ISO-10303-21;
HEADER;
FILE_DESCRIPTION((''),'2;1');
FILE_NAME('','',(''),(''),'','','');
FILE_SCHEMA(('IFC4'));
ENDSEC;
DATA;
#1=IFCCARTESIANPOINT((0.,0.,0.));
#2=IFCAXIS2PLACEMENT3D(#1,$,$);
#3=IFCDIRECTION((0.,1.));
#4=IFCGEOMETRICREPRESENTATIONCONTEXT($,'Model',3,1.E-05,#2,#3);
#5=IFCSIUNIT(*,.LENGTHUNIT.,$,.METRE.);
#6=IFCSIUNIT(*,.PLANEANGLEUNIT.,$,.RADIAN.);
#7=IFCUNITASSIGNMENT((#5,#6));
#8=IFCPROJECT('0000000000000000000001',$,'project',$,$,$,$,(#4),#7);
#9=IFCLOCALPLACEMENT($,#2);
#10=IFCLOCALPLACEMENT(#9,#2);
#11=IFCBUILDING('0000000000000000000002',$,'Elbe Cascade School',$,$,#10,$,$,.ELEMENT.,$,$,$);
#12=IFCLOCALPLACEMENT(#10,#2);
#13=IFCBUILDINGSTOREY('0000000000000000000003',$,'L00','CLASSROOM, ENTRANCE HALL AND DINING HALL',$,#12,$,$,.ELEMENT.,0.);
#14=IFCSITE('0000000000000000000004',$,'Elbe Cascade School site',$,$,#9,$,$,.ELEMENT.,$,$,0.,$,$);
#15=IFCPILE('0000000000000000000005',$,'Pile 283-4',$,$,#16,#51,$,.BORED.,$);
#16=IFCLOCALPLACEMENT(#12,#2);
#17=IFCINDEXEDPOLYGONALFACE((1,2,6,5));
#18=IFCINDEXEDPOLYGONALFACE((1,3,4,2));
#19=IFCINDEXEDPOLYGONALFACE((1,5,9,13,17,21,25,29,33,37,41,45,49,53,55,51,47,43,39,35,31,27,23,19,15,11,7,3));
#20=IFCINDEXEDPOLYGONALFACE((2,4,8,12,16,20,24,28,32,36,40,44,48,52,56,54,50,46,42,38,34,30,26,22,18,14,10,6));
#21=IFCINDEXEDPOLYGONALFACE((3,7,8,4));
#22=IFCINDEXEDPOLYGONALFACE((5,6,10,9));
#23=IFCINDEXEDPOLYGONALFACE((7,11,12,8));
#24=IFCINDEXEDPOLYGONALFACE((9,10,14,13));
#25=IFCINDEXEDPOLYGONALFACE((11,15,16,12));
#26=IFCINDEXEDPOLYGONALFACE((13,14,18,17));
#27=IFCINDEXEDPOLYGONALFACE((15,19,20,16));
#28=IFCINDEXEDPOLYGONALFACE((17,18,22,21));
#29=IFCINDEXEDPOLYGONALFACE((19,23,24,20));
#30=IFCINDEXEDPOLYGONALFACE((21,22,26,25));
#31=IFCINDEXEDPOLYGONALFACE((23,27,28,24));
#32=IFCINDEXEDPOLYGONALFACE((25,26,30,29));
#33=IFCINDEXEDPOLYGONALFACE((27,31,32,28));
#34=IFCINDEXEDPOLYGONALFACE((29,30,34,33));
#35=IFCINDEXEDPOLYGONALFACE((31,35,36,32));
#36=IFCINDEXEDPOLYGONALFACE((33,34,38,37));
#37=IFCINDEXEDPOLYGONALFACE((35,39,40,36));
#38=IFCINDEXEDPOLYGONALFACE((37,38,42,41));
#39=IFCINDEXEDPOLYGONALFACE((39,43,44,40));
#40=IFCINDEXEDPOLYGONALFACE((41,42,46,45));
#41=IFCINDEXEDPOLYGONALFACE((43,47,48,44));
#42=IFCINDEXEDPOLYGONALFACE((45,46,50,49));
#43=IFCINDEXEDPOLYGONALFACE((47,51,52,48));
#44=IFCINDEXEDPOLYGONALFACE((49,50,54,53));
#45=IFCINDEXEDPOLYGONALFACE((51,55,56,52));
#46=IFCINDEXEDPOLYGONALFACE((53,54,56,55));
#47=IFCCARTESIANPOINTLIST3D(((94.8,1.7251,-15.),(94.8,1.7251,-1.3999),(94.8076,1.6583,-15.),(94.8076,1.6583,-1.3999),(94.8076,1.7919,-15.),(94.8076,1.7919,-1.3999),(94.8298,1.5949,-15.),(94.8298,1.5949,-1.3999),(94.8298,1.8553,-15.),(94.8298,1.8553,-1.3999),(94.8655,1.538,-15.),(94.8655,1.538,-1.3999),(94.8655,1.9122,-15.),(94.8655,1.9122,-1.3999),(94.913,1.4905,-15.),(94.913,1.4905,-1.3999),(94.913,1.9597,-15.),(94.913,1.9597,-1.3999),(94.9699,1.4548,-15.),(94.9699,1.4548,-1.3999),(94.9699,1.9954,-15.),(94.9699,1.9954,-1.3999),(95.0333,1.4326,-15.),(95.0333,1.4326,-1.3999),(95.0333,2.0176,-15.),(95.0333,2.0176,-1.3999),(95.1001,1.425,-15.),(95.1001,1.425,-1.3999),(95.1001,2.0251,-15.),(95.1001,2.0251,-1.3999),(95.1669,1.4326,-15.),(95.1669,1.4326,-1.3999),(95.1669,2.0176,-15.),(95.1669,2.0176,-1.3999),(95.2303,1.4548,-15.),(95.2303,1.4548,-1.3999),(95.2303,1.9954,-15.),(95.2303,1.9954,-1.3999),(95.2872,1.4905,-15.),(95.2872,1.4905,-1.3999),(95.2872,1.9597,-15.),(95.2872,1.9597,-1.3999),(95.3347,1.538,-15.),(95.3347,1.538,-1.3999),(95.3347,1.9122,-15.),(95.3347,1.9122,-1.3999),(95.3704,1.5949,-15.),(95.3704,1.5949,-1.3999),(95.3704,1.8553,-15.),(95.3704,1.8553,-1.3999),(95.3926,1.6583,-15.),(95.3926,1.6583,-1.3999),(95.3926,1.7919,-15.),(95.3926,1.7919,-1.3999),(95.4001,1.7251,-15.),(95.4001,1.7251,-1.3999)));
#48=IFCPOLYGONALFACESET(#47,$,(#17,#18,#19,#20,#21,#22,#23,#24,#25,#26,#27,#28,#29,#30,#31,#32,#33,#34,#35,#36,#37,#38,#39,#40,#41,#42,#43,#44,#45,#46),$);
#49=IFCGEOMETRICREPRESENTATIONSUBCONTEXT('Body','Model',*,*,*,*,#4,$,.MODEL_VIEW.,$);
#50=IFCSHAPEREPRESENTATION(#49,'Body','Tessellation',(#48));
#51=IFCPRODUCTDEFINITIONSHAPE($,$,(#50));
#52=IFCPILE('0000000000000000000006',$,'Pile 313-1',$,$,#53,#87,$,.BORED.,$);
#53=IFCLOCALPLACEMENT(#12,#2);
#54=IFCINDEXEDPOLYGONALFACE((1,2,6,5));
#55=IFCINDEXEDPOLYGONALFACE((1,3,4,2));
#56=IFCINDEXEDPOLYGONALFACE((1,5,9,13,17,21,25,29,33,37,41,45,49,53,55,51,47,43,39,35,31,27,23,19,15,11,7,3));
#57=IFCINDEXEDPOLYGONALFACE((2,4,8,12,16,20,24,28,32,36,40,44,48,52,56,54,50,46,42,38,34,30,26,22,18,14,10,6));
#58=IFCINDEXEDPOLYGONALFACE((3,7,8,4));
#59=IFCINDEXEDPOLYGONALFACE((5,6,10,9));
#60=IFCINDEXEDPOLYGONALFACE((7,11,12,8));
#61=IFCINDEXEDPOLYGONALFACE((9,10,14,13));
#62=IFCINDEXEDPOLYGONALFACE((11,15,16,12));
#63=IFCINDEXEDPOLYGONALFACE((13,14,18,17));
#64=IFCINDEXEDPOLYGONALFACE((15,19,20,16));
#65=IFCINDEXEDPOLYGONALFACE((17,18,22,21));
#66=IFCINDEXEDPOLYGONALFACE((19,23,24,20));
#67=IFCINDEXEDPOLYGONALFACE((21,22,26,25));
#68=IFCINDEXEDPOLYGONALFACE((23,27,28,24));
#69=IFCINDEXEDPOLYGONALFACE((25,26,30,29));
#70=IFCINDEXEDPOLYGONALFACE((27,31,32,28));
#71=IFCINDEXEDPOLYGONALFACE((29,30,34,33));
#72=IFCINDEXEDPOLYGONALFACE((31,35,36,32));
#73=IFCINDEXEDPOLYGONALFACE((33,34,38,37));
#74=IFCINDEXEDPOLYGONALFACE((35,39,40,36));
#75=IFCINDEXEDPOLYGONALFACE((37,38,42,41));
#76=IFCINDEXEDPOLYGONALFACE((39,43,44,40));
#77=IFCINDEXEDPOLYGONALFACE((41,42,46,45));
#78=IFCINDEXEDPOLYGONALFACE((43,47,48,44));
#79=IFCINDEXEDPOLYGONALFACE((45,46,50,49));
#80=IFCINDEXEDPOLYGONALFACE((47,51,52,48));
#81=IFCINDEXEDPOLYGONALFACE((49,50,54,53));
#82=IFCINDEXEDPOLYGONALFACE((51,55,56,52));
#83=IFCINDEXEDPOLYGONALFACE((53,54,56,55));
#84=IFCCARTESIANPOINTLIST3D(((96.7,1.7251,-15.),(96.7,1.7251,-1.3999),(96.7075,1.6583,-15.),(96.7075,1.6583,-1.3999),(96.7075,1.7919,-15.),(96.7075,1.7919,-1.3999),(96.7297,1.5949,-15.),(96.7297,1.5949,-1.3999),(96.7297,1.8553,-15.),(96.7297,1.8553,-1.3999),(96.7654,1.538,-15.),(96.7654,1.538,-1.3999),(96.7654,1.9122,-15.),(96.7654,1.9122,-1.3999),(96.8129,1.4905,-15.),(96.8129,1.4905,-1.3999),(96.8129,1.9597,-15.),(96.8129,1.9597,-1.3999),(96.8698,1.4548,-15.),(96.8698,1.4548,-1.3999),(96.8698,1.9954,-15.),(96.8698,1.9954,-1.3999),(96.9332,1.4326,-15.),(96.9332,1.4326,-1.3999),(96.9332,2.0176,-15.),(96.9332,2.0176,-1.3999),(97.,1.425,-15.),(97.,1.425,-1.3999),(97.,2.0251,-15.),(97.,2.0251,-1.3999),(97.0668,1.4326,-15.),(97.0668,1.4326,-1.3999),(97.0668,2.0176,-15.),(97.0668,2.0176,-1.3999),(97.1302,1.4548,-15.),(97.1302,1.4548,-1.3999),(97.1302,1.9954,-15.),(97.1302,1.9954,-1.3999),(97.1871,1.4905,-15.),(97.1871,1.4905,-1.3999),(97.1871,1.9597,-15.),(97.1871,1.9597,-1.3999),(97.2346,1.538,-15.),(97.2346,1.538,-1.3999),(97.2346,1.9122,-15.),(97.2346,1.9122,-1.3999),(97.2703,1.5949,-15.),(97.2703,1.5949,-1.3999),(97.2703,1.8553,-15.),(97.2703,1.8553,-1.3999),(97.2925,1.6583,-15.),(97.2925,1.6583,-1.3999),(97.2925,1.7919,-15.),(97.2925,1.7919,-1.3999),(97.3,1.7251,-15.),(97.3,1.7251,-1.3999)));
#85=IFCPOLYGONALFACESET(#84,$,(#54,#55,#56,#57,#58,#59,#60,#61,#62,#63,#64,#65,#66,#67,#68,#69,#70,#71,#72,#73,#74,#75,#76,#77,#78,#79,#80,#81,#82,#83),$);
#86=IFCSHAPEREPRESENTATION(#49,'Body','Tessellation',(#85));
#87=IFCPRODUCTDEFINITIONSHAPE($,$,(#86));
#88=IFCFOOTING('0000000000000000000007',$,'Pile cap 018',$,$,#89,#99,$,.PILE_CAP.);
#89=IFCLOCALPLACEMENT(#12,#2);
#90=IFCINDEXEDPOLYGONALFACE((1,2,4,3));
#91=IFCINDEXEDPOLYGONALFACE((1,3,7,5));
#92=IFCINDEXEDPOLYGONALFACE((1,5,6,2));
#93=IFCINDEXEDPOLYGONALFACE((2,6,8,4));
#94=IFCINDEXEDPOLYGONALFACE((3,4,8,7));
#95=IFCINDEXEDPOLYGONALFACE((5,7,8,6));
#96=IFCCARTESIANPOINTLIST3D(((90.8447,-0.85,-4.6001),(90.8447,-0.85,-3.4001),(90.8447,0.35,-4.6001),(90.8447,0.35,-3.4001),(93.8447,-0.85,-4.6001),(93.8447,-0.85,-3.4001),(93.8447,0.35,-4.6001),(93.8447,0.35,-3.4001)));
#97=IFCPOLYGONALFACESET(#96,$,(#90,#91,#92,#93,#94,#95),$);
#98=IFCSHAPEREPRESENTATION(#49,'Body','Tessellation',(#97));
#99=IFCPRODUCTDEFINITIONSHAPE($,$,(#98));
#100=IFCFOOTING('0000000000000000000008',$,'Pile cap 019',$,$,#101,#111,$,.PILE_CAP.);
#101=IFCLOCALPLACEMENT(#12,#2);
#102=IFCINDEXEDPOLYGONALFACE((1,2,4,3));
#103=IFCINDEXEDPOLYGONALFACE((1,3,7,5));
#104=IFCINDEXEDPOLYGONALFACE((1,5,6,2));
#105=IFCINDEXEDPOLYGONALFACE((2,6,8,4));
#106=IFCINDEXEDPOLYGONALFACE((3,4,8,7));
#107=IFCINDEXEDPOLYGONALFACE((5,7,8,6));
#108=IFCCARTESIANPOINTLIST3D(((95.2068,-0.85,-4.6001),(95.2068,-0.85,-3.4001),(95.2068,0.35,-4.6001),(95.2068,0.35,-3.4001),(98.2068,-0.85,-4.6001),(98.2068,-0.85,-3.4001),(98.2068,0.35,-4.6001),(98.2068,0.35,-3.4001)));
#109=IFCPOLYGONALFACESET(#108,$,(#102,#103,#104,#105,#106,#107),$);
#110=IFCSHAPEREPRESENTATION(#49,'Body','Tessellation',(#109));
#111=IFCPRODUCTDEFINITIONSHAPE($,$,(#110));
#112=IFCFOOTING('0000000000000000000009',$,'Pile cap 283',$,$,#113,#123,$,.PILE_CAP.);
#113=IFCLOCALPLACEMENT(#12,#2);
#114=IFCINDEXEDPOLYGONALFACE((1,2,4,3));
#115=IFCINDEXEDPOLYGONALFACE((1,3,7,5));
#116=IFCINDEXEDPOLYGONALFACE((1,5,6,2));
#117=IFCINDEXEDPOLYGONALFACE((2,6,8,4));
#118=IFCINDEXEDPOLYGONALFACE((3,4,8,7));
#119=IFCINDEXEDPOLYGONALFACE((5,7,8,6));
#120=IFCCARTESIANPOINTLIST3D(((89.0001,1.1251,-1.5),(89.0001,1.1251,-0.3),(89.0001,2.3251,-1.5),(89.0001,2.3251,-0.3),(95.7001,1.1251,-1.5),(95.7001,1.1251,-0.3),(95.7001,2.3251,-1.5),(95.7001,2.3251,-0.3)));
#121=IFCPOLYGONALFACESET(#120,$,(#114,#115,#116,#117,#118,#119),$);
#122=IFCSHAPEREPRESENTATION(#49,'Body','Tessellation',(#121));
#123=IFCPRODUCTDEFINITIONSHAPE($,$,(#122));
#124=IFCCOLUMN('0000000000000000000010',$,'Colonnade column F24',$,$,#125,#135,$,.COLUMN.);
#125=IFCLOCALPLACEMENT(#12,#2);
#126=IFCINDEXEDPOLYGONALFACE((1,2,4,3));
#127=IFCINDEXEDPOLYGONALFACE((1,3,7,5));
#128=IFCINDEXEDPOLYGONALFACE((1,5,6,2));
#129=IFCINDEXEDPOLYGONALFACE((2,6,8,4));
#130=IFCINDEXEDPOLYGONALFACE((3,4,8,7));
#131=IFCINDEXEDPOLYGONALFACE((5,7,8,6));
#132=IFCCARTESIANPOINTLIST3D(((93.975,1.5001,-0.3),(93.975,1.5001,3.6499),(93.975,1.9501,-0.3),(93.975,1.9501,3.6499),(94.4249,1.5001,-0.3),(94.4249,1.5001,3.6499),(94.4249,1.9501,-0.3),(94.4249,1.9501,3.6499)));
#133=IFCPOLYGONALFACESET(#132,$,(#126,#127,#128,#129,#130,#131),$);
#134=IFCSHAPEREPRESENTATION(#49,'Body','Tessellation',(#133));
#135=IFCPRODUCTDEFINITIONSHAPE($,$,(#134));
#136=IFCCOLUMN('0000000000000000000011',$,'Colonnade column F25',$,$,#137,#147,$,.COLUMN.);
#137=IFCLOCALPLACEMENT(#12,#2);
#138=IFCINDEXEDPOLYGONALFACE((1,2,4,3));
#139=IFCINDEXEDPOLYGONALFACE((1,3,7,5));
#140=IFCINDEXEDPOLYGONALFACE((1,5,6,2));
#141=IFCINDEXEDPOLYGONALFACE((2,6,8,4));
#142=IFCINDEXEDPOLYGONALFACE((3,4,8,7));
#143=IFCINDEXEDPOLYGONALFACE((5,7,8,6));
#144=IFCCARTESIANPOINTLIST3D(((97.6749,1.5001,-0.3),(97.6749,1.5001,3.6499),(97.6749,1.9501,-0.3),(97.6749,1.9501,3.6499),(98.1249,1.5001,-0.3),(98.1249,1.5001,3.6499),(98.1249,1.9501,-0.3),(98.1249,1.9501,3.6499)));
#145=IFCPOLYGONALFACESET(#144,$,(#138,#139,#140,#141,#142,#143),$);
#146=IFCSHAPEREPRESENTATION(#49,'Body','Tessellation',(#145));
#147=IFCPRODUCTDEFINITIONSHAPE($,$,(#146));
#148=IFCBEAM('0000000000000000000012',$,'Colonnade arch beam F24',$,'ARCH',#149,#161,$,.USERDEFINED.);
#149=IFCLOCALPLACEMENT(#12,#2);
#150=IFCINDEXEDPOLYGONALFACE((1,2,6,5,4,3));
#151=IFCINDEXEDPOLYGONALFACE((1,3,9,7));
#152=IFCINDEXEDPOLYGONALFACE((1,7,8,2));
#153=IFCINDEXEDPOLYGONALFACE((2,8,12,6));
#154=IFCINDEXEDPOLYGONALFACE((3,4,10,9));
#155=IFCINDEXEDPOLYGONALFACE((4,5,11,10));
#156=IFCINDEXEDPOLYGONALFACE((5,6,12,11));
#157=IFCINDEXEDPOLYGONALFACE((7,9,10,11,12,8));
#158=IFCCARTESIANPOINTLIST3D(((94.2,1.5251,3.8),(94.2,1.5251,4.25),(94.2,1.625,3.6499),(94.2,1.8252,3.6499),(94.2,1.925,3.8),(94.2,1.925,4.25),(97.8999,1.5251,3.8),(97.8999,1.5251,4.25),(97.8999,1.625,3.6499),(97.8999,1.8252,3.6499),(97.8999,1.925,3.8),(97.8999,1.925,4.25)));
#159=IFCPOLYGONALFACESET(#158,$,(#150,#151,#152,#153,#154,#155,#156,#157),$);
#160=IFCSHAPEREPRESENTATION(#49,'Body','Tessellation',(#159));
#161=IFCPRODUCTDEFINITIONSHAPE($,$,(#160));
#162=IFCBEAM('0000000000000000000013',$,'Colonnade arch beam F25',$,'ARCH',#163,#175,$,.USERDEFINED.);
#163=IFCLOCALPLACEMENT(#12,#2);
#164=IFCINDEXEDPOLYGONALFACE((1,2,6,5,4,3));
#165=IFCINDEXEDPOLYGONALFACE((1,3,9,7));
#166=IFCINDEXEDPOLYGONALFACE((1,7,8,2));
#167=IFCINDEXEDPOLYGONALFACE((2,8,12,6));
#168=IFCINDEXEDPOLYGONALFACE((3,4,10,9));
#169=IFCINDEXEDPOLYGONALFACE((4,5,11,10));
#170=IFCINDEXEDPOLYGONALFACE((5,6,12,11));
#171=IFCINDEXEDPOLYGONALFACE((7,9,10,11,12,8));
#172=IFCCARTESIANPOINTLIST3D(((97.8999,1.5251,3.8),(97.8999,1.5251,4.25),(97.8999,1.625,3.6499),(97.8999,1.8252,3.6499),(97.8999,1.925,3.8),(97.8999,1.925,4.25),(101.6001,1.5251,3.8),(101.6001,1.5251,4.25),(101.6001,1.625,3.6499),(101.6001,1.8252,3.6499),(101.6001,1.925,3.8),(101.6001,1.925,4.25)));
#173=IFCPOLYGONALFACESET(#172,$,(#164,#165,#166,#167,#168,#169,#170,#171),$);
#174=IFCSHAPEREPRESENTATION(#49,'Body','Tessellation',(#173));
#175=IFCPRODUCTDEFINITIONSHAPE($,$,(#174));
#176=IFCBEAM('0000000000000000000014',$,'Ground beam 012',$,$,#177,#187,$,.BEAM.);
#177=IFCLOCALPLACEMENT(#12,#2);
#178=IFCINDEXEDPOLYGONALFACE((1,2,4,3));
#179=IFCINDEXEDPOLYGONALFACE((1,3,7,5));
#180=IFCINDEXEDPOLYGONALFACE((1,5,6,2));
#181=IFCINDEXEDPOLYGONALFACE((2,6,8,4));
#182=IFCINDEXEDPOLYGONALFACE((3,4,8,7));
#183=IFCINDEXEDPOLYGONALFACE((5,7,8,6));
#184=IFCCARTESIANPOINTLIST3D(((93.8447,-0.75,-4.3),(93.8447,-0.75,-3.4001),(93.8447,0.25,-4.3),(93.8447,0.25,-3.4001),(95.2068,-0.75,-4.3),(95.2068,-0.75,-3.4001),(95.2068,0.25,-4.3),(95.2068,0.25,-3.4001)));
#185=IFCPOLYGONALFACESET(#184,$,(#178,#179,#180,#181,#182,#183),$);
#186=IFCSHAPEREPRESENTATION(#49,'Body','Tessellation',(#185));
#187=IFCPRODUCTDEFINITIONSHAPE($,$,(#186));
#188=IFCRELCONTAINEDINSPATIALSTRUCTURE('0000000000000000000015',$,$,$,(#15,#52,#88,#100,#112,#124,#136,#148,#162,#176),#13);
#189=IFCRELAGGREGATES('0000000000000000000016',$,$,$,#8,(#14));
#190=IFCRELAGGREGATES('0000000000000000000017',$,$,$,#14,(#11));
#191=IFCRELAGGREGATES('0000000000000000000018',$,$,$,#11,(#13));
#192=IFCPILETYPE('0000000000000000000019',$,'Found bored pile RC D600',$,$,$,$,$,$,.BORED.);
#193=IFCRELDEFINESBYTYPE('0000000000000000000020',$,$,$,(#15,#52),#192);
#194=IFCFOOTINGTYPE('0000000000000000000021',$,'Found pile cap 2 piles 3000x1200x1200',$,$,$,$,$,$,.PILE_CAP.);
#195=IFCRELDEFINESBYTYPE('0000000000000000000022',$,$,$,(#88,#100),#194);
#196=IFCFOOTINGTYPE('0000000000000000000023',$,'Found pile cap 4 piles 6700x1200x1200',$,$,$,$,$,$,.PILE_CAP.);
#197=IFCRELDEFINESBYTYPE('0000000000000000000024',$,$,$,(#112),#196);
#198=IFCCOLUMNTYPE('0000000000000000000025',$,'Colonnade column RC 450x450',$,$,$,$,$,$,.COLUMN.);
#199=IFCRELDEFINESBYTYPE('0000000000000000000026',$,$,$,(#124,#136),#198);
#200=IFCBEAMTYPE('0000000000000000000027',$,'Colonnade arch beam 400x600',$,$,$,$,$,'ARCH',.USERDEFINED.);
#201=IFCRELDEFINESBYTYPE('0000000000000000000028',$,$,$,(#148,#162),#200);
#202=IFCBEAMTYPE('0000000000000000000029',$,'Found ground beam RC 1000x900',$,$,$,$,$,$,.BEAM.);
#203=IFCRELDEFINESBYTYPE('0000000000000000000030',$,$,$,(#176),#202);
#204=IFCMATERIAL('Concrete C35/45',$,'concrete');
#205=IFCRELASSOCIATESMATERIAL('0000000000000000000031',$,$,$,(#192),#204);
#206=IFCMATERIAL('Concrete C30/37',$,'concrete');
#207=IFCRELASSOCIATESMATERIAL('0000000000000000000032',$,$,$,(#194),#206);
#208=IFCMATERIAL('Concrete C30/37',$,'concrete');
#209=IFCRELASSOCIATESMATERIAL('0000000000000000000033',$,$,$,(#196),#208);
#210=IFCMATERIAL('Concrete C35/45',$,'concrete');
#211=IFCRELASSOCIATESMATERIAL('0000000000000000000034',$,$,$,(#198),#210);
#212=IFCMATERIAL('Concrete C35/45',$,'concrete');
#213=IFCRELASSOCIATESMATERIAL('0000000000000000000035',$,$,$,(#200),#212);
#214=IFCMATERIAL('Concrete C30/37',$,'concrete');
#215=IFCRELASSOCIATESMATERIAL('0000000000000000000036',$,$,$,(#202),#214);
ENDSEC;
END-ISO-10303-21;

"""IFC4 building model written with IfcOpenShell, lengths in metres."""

from ifc_helpers import new_model, si_unit, direction, frame, origin, origin_2d, place, context, subcontext, project, spatial, polyline, rectangle, circle, outline, extrude, material, material_profile, profile_set, type_object, element, save


model = new_model("IFC4")

# Units and contexts
model_context = context("Model", 3, precision=1e-05, world=origin(), true_north=direction((0.0, 1.0)))
body_context = subcontext(model_context, "Body", "Model", "MODEL_VIEW")
ifc_project = project(units=[si_unit("LENGTHUNIT", "METRE"), si_unit("PLANEANGLEUNIT", "RADIAN")], contexts=[model_context])

# Site, building, storey
site_placement = place(None, origin())
site = spatial("IfcSite", under=ifc_project, at=site_placement, Name="Elbe Cascade School site", CompositionType="ELEMENT", RefElevation=0.0)
building_placement = place(site_placement, origin())
building = spatial("IfcBuilding", under=site, at=building_placement, Name="Elbe Cascade School", CompositionType="ELEMENT")
storey_placement = place(building_placement, origin())
storey = spatial("IfcBuildingStorey", under=building, at=storey_placement, Name="L00", Description="CLASSROOM, ENTRANCE HALL AND DINING HALL", CompositionType="ELEMENT", Elevation=0.0)

# Piles
ifc_material_1 = material(Name="Concrete C35/45", Category="concrete")
ifc_material_profile_1 = material_profile(ifc_material_1, circle(Radius=0.3, at=origin_2d()), Name="RC D600")
ifc_profile_set_1 = profile_set([ifc_material_profile_1], Name="Concrete C35/45")
pile_type = type_object("IfcPileType", Name="Found bored pile RC D600", PredefinedType="BORED", material=ifc_profile_set_1)
for number, where, z_axis, x_axis, name in (
    (1, (95.1001, 1.7251, -1.3999), (0.0, 0.0, -1.0), (1.0, 0.0, 0.0), "Pile 283-4"),
    (2, (97.0, 1.7251, -1.3999), (0.0, 0.0, -1.0), (1.0, 0.0, 0.0), "Pile 313-1"),
):
    element("IfcPile", number, at=place(storey_placement, frame(where, z_axis=z_axis, x_axis=x_axis)), inside=storey, type_object=pile_type, Name=name, PredefinedType="BORED", context=body_context, shape_type="SweptSolid", body=[
        extrude(circle(Radius=0.3, at=origin_2d()), origin(), (0.0, 0.0, 1.0), 13.6001),
    ])

# Footings
ifc_material_2 = material(Name="Concrete C30/37", Category="concrete")
footing_type_1 = type_object("IfcFootingType", Name="Found pile cap 2 piles 3000x1200x1200", PredefinedType="PILE_CAP", material=ifc_material_2)
for number, where, z_axis, x_axis, name in (
    (3, (92.3447, -0.25, -4.6001), (0.0, 0.0, 1.0), (1.0, 0.0, 0.0), "Pile cap 018"),
    (4, (96.7068, -0.25, -4.6001), (0.0, 0.0, 1.0), (1.0, 0.0, 0.0), "Pile cap 019"),
):
    element("IfcFooting", number, at=place(storey_placement, frame(where, z_axis=z_axis, x_axis=x_axis)), inside=storey, type_object=footing_type_1, Name=name, PredefinedType="PILE_CAP", context=body_context, shape_type="SweptSolid", body=[
        extrude(rectangle(XDim=3.0, YDim=1.2, at=origin_2d()), origin(), (0.0, 0.0, 1.0), 1.2),
    ])
ifc_material_3 = material(Name="Concrete C30/37", Category="concrete")
footing_type_2 = type_object("IfcFootingType", Name="Found pile cap 4 piles 6700x1200x1200", PredefinedType="PILE_CAP", material=ifc_material_3)
footing_placement = place(storey_placement, frame((92.3501, 1.7251, -1.5), z_axis=(0.0, 0.0, 1.0), x_axis=(1.0, 0.0, 0.0)))
element("IfcFooting", 5, at=footing_placement, inside=storey, type_object=footing_type_2, Name="Pile cap 283", PredefinedType="PILE_CAP", context=body_context, shape_type="SweptSolid", body=[
    extrude(rectangle(XDim=6.7, YDim=1.2, at=origin_2d()), origin(), (0.0, 0.0, 1.0), 1.2),
])

# Columns
ifc_material_4 = material(Name="Concrete C35/45", Category="concrete")
ifc_material_profile_2 = material_profile(ifc_material_4, rectangle(XDim=0.45, YDim=0.45, at=origin_2d()), Name="RC 450x450")
ifc_profile_set_2 = profile_set([ifc_material_profile_2], Name="Concrete C35/45")
column_type = type_object("IfcColumnType", Name="Colonnade column RC 450x450", PredefinedType="COLUMN", material=ifc_profile_set_2)
for number, where, z_axis, x_axis, name in (
    (6, (94.2, 1.7251, -0.3), (0.0, 0.0, 1.0), (1.0, 0.0, 0.0), "Colonnade column F24"),
    (7, (97.8999, 1.7251, -0.3), (0.0, 0.0, 1.0), (1.0, 0.0, 0.0), "Colonnade column F25"),
):
    element("IfcColumn", number, at=place(storey_placement, frame(where, z_axis=z_axis, x_axis=x_axis)), inside=storey, type_object=column_type, Name=name, PredefinedType="COLUMN", context=body_context, shape_type="SweptSolid", body=[
        extrude(rectangle(XDim=0.45, YDim=0.45, at=origin_2d()), origin(), (0.0, 0.0, 1.0), 3.95),
    ])

# Beams
ifc_material_5 = material(Name="Concrete C35/45", Category="concrete")
ifc_material_profile_3 = material_profile(ifc_material_5, outline(polyline([(-0.2, 0.3), (0.2, 0.3), (0.2, -0.1499), (0.1001, -0.3), (-0.1001, -0.3), (-0.2, -0.1499), (-0.2, 0.3)])), Name="RC arch 400x600")
ifc_profile_set_3 = profile_set([ifc_material_profile_3], Name="Concrete C35/45")
beam_type_1 = type_object("IfcBeamType", Name="Colonnade arch beam 400x600", ElementType="ARCH", PredefinedType="USERDEFINED", material=ifc_profile_set_3)
beam_1_placement = place(storey_placement, frame((94.2, 1.7251, 3.95), z_axis=(1.0, 0.0, 0.0), x_axis=(0.0, 1.0, 0.0)))
element("IfcBeam", 8, at=beam_1_placement, inside=storey, type_object=beam_type_1, Name="Colonnade arch beam F24", ObjectType="ARCH", PredefinedType="USERDEFINED", context=body_context, shape_type="SweptSolid", body=[
    extrude(outline(polyline([(-0.2, 0.3), (0.2, 0.3), (0.2, -0.1499), (0.1001, -0.3), (-0.1001, -0.3), (-0.2, -0.1499), (-0.2, 0.3)])), origin(), (0.0, 0.0, 1.0), 3.7),
])
beam_2_placement = place(storey_placement, frame((97.8999, 1.7251, 3.95), z_axis=(1.0, 0.0, 0.0), x_axis=(0.0, 1.0, 0.0)))
element("IfcBeam", 9, at=beam_2_placement, inside=storey, type_object=beam_type_1, Name="Colonnade arch beam F25", ObjectType="ARCH", PredefinedType="USERDEFINED", context=body_context, shape_type="SweptSolid", body=[
    extrude(outline(polyline([(-0.2, 0.3), (0.2, 0.3), (0.2, -0.1499), (0.1001, -0.3), (-0.1001, -0.3), (-0.2, -0.1499), (-0.2, 0.3)])), origin(), (0.0, 0.0, 1.0), 3.7002),
])
ifc_material_6 = material(Name="Concrete C30/37", Category="concrete")
ifc_material_profile_4 = material_profile(ifc_material_6, rectangle(XDim=1.0, YDim=0.8999, at=origin_2d()), Name="RC 1000x900")
ifc_profile_set_4 = profile_set([ifc_material_profile_4], Name="Concrete C30/37")
beam_type_2 = type_object("IfcBeamType", Name="Found ground beam RC 1000x900", PredefinedType="BEAM", material=ifc_profile_set_4)
beam_3_placement = place(storey_placement, frame((93.8447, -0.25, -3.8501), z_axis=(1.0, 0.0, 0.0), x_axis=(0.0, 1.0, 0.0)))
element("IfcBeam", 10, at=beam_3_placement, inside=storey, type_object=beam_type_2, Name="Ground beam 012", PredefinedType="BEAM", context=body_context, shape_type="SweptSolid", body=[
    extrude(rectangle(XDim=1.0, YDim=0.8999, at=origin_2d()), origin(), (0.0, 0.0, 1.0), 1.3621),
])

save(model, "model.ifc")
